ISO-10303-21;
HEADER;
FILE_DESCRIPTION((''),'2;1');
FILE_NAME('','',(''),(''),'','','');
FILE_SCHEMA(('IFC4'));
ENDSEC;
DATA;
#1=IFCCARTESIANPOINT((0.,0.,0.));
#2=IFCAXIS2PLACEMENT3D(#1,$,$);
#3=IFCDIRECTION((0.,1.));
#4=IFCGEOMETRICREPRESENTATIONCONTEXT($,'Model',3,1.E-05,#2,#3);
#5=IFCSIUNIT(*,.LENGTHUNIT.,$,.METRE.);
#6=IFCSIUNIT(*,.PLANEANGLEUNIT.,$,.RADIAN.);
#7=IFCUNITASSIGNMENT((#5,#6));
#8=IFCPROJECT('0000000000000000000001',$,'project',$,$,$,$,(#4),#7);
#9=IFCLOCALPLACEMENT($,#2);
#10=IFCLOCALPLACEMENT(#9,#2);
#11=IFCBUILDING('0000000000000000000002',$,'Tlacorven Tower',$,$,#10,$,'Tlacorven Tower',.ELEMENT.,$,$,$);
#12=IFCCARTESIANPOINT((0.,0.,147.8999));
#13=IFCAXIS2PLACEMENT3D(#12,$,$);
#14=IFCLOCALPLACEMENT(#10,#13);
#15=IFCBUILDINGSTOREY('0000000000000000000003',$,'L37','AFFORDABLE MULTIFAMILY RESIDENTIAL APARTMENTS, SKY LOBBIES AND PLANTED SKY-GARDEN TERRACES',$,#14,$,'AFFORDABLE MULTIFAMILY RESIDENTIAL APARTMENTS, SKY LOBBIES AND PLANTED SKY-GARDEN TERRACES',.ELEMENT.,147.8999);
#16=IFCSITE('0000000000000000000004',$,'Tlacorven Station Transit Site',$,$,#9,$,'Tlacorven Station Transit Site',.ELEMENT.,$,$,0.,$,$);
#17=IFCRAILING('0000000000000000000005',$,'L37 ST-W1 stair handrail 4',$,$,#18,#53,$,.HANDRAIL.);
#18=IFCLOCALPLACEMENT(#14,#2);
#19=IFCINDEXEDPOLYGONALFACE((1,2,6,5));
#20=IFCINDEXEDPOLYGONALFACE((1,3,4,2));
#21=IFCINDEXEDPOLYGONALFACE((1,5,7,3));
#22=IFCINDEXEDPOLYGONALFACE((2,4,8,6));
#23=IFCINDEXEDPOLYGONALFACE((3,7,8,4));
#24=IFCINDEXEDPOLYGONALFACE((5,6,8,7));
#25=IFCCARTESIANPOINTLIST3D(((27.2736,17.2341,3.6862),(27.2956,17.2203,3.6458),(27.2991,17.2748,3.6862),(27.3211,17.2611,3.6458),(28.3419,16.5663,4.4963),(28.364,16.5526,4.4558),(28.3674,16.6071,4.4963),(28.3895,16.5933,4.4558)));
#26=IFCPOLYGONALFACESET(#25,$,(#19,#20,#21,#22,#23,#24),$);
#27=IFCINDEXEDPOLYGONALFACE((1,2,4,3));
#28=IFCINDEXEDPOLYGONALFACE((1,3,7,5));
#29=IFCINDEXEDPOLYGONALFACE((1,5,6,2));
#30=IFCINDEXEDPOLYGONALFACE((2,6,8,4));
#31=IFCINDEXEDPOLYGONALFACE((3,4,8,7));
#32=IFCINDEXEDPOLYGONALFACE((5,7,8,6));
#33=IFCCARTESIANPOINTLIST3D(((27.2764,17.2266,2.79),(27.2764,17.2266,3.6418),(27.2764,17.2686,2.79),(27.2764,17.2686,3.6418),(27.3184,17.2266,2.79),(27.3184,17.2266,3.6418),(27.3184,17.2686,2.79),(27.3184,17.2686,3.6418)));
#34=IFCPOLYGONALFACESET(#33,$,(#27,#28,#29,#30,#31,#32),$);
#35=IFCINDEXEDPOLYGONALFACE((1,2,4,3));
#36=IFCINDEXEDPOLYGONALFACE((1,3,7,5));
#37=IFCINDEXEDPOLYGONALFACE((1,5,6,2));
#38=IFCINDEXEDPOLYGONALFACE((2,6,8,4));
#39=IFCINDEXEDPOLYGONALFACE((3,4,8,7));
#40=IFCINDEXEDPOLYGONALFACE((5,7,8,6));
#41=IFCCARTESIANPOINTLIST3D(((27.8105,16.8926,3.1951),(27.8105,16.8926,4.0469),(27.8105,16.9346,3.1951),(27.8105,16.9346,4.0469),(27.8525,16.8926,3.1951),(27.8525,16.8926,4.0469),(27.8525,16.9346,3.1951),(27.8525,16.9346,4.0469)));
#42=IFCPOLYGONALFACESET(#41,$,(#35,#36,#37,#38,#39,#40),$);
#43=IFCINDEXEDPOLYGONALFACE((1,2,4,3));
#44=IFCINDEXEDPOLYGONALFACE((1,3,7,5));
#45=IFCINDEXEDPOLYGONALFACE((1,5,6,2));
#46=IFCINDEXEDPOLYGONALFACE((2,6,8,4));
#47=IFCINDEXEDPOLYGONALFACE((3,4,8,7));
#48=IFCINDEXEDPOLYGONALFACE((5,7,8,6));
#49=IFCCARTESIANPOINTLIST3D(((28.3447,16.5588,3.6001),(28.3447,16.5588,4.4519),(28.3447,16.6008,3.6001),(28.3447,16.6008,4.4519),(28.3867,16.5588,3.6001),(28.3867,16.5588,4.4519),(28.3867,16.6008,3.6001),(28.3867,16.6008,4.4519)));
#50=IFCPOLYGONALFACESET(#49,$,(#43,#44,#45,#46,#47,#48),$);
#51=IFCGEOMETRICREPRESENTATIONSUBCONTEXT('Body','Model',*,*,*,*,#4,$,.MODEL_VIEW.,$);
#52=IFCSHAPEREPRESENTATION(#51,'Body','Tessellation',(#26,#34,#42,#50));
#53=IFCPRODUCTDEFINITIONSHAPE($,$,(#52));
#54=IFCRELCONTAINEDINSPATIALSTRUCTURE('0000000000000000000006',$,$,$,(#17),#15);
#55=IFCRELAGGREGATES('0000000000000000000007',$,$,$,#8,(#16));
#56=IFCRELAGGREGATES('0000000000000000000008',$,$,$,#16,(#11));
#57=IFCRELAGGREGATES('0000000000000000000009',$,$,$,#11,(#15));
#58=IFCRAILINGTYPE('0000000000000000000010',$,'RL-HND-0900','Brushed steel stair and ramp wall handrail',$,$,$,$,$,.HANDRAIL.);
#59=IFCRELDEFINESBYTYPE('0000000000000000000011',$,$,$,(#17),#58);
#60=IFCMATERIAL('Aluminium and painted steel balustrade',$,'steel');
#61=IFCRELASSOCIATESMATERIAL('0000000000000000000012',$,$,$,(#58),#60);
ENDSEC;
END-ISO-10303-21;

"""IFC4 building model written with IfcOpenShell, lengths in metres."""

from ifc_helpers import new_model, si_unit, direction, frame, origin, origin_2d, place, context, subcontext, project, spatial, rectangle, extrude, source, transform, mapped, material, type_object, element, save


model = new_model("IFC4")

# Units and contexts
model_context = context("Model", 3, precision=1e-05, world=origin(), true_north=direction((0.0, 1.0)))
body_context = subcontext(model_context, "Body", "Model", "MODEL_VIEW")
ifc_project = project(units=[si_unit("LENGTHUNIT", "METRE"), si_unit("PLANEANGLEUNIT", "RADIAN")], contexts=[model_context])

# Site, building, storey
site_placement = place(None, origin())
site = spatial("IfcSite", under=ifc_project, at=site_placement, Name="Tlacorven Station Transit Site", LongName="Tlacorven Station Transit Site", CompositionType="ELEMENT", RefElevation=0.0)
building_placement = place(site_placement, origin())
building = spatial("IfcBuilding", under=site, at=building_placement, Name="Tlacorven Tower", LongName="Tlacorven Tower", CompositionType="ELEMENT")
storey_placement = place(building_placement, frame((0.0, 0.0, 147.8999)))
storey = spatial("IfcBuildingStorey", under=building, at=storey_placement, Name="L37", Description="AFFORDABLE MULTIFAMILY RESIDENTIAL APARTMENTS, SKY LOBBIES AND PLANTED SKY-GARDEN TERRACES", LongName="AFFORDABLE MULTIFAMILY RESIDENTIAL APARTMENTS, SKY LOBBIES AND PLANTED SKY-GARDEN TERRACES", CompositionType="ELEMENT", Elevation=147.8999)

# Railing
ifc_material_1 = material(Name="Aluminium and painted steel balustrade", Category="steel")
railing_type = type_object("IfcRailingType", Name="RL-HND-0900", Description="Brushed steel stair and ramp wall handrail", PredefinedType="HANDRAIL", material=ifc_material_1)
shared_shape_1 = source(origin(), body_context, "Body", "SweptSolid", [
    extrude(rectangle(XDim=0.0481, YDim=0.0481, at=origin_2d()), frame((0.0, 0.0, 0.876), z_axis=(0.71328, -0.4458, 0.540828), x_axis=(0.529999, 0.847998, 0.0)), (0.0, 0.0, 1.0), 1.4978),
    extrude(rectangle(XDim=0.042, YDim=0.042, at=origin_2d()), origin(), (0.0, 0.0, 1.0), 0.8518),
    extrude(rectangle(XDim=0.042, YDim=0.042, at=origin_2d()), frame((0.5342, -0.334, 0.405)), (0.0, 0.0, 1.0), 0.8518),
    extrude(rectangle(XDim=0.042, YDim=0.042, at=origin_2d()), frame((1.0684, -0.6677, 0.8101)), (0.0, 0.0, 1.0), 0.8518),
])
railing_placement = place(storey_placement, frame((27.2974, 17.2476, 2.79)))
element("IfcRailing", 1, at=railing_placement, inside=storey, type_object=railing_type, Name="L37 ST-W1 stair handrail 4", PredefinedType="HANDRAIL", context=body_context, shape_type="MappedRepresentation", body=[
    mapped(shared_shape_1, transform((0.0, 0.0, 0.0), scale=1.0)),
])

save(model, "model.ifc")
